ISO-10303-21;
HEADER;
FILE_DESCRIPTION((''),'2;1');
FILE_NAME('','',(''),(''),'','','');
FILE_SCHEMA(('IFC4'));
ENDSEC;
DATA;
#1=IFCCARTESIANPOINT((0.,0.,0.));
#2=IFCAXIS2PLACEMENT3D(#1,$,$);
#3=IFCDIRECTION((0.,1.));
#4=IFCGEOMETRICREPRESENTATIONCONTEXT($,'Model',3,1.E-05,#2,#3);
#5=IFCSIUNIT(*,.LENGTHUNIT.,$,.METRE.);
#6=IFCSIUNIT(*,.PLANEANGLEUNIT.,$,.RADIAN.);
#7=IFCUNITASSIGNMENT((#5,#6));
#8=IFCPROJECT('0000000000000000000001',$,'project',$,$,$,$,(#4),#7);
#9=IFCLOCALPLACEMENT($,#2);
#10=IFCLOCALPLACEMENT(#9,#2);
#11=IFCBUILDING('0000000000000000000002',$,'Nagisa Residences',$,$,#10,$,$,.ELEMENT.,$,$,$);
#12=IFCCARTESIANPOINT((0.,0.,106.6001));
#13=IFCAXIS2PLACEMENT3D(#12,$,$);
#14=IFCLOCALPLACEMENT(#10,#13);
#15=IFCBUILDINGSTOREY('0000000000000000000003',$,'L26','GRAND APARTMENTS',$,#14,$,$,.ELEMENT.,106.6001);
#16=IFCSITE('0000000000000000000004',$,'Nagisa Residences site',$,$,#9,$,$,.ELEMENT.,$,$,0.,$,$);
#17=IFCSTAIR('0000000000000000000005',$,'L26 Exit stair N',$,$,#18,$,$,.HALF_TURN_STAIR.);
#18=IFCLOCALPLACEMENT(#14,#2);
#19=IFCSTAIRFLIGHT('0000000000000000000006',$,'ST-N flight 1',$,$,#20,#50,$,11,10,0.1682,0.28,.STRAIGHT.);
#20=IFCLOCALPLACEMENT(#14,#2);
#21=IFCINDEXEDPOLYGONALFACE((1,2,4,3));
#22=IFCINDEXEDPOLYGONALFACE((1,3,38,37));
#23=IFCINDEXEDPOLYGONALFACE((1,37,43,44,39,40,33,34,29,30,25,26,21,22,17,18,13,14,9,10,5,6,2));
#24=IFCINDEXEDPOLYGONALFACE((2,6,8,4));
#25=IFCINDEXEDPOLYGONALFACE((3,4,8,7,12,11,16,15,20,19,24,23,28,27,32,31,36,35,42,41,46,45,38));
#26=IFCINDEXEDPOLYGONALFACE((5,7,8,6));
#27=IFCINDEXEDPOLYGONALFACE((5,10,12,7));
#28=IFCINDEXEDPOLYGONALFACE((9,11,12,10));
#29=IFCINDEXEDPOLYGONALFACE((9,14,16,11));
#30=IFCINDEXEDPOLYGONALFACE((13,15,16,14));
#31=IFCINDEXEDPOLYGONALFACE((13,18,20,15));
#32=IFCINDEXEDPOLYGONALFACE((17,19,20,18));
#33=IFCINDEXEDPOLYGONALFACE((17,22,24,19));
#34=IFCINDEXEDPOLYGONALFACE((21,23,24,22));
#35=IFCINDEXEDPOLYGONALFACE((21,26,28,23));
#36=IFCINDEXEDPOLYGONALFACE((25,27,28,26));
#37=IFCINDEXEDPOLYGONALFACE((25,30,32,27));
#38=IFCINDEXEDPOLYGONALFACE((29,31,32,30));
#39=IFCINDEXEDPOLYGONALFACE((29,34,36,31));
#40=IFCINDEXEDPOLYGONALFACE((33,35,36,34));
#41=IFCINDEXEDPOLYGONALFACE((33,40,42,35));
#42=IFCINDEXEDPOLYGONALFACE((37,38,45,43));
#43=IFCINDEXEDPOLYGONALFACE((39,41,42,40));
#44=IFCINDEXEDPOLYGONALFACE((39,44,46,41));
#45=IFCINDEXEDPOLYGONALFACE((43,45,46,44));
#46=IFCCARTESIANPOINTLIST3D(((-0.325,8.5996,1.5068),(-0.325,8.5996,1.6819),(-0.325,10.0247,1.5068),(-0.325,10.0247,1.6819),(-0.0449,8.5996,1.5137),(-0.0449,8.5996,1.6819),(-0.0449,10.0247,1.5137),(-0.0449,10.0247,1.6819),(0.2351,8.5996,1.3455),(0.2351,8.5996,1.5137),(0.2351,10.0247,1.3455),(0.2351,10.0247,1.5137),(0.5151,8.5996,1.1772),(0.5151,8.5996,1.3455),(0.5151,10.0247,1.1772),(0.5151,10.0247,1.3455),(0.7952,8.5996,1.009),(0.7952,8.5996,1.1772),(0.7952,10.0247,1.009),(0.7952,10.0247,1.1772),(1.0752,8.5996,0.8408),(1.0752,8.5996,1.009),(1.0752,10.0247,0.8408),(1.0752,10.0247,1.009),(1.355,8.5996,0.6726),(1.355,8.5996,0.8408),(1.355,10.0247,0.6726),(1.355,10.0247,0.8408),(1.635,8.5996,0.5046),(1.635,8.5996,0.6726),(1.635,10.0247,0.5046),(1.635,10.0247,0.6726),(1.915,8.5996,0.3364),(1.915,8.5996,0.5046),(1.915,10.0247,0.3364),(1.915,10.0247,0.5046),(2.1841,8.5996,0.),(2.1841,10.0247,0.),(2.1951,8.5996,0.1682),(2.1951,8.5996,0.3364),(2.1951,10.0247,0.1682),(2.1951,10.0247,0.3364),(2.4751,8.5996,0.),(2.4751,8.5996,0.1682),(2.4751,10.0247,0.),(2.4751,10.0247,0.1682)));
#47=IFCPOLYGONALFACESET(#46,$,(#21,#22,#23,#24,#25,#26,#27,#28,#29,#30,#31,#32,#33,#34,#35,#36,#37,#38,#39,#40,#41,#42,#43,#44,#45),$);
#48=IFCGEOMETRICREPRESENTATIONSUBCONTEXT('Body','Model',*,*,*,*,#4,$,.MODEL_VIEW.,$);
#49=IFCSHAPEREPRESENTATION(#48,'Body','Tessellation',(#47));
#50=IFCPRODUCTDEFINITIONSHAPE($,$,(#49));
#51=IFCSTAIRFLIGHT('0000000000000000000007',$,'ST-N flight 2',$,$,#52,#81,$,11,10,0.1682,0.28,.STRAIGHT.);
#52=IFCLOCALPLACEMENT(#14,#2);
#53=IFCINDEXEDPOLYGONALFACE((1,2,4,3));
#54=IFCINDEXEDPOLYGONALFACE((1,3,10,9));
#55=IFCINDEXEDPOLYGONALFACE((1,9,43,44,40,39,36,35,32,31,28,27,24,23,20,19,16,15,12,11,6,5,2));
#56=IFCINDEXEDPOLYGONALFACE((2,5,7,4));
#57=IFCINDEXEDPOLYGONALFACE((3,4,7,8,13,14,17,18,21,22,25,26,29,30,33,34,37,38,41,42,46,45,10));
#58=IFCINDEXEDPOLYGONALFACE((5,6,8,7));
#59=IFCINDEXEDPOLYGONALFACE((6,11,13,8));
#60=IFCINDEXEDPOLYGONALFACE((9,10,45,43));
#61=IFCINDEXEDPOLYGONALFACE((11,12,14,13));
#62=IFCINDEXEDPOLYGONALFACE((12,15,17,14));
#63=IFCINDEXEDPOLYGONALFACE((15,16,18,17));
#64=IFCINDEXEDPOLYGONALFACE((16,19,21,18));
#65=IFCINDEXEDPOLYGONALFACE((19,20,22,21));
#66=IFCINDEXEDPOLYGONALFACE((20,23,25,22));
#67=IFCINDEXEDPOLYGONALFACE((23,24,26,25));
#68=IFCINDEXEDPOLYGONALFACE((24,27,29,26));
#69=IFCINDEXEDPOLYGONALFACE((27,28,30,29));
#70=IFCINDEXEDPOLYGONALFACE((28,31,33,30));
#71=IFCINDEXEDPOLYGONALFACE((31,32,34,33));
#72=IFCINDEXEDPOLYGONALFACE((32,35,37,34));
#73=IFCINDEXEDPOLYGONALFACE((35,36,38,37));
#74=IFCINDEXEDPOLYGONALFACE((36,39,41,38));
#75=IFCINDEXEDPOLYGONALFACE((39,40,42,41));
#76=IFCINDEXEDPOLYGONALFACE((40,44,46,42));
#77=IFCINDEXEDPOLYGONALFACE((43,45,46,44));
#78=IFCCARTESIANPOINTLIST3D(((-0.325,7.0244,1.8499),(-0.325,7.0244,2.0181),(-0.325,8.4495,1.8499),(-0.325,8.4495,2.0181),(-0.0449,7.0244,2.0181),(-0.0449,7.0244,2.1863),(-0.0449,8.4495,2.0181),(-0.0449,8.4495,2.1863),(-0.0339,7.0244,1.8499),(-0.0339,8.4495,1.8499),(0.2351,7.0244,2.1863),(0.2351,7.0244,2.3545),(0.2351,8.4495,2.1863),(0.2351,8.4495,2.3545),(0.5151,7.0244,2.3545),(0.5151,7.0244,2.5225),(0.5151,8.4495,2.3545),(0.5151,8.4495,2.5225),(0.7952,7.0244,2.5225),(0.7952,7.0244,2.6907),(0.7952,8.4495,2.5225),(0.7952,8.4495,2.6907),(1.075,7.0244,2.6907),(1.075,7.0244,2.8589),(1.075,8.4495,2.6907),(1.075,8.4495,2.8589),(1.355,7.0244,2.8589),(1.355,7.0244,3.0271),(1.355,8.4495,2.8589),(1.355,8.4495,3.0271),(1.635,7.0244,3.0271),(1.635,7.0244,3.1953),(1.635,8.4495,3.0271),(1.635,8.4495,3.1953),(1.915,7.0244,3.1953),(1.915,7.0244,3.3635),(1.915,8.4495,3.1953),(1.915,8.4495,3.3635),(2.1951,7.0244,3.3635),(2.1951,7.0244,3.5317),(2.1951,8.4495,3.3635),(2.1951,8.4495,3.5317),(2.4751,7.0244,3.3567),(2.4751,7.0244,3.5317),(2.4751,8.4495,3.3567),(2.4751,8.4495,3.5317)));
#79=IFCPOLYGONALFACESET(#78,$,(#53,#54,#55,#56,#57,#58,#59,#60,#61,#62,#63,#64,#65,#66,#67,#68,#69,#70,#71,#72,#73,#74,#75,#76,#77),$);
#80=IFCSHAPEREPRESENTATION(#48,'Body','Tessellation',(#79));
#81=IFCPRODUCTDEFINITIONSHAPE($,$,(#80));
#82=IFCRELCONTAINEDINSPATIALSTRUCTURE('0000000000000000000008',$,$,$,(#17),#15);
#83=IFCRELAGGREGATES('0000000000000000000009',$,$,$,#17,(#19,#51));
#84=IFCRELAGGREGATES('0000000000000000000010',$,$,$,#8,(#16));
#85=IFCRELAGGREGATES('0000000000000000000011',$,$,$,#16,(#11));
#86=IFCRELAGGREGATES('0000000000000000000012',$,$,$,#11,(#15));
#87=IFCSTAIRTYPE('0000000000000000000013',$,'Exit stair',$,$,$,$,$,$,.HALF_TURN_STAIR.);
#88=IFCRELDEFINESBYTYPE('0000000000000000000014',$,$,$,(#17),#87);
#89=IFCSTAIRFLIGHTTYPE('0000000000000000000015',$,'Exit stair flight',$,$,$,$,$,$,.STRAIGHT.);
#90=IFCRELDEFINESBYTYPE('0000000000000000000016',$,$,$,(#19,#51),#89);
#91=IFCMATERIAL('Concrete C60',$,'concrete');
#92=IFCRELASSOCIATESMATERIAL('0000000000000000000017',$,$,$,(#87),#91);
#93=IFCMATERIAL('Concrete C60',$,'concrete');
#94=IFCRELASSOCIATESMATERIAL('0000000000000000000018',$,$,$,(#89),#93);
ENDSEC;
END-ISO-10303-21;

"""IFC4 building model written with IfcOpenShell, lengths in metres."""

from ifc_helpers import new_model, si_unit, direction, frame, origin, place, context, subcontext, project, spatial, polyline, outline, extrude, material, type_object, element, aggregate, save


model = new_model("IFC4")

# Units and contexts
model_context = context("Model", 3, precision=1e-05, world=origin(), true_north=direction((0.0, 1.0)))
body_context = subcontext(model_context, "Body", "Model", "MODEL_VIEW")
ifc_project = project(units=[si_unit("LENGTHUNIT", "METRE"), si_unit("PLANEANGLEUNIT", "RADIAN")], contexts=[model_context])

# Site, building, storey
site_placement = place(None, origin())
site = spatial("IfcSite", under=ifc_project, at=site_placement, Name="Nagisa Residences site", CompositionType="ELEMENT", RefElevation=0.0)
building_placement = place(site_placement, origin())
building = spatial("IfcBuilding", under=site, at=building_placement, Name="Nagisa Residences", CompositionType="ELEMENT")
storey_placement = place(building_placement, frame((0.0, 0.0, 106.6001)))
storey = spatial("IfcBuildingStorey", under=building, at=storey_placement, Name="L26", Description="GRAND APARTMENTS", CompositionType="ELEMENT", Elevation=106.6001)

# Stair
ifc_material_1 = material(Name="Concrete C60", Category="concrete")
stair_type = type_object("IfcStairType", Name="Exit stair", PredefinedType="HALF_TURN_STAIR", material=ifc_material_1)
stair_1_placement = place(storey_placement, origin())
stair_1 = element("IfcStair", 1, at=stair_1_placement, inside=storey, type_object=stair_type, Name="L26 Exit stair N", PredefinedType="HALF_TURN_STAIR")

# Stair flights
ifc_material_2 = material(Name="Concrete C60", Category="concrete")
stair_flight_type = type_object("IfcStairFlightType", Name="Exit stair flight", PredefinedType="STRAIGHT", material=ifc_material_2)
stair_flight_1_placement = place(storey_placement, frame((2.4751, 9.312, 0.0), z_axis=(0.0, 0.0, 1.0), x_axis=(-1.0, 0.0, 0.0)))
stair_flight_1 = element("IfcStairFlight", 2, at=stair_flight_1_placement, type_object=stair_flight_type, Name="ST-N flight 1", NumberOfRisers=11, NumberOfTreads=10, PredefinedType="STRAIGHT", RiserHeight=0.1682, TreadLength=0.28, context=body_context, shape_type="SweptSolid", body=[
    extrude(outline(polyline([(0.0, 0.0), (0.0, 0.1682), (0.28, 0.1682), (0.28, 0.3364), (0.5601, 0.3364), (0.5601, 0.5046), (0.8401, 0.5046), (0.8401, 0.6726), (1.1201, 0.6726), (1.1201, 0.8408), (1.3999, 0.8408), (1.3999, 1.009), (1.6799, 1.009), (1.6799, 1.1772), (1.96, 1.1772), (1.96, 1.3455), (2.24, 1.3455), (2.24, 1.5137), (2.52, 1.5137), (2.52, 1.6819), (2.8, 1.6819), (2.8, 1.8501), (2.8, 1.5068), (0.291, 0.0), (0.0, 0.0)])), frame((0.0, 0.7124, 0.0), z_axis=(0.0, -1.0, 0.0), x_axis=(1.0, 0.0, 0.0)), (0.0, 0.0, 1.0), 1.425),
])
stair_flight_2_placement = place(storey_placement, frame((-0.325, 7.7371, 1.8499), z_axis=(0.0, 0.0, 1.0), x_axis=(1.0, 0.0, 0.0)))
stair_flight_2 = element("IfcStairFlight", 3, at=stair_flight_2_placement, type_object=stair_flight_type, Name="ST-N flight 2", NumberOfRisers=11, NumberOfTreads=10, PredefinedType="STRAIGHT", RiserHeight=0.1682, TreadLength=0.28, context=body_context, shape_type="SweptSolid", body=[
    extrude(outline(polyline([(0.0, 0.0), (0.0, 0.1682), (0.28, 0.1682), (0.28, 0.3364), (0.5601, 0.3364), (0.5601, 0.5046), (0.8401, 0.5046), (0.8401, 0.6726), (1.1201, 0.6726), (1.1201, 0.8408), (1.3999, 0.8408), (1.3999, 1.009), (1.6799, 1.009), (1.6799, 1.1772), (1.96, 1.1772), (1.96, 1.3455), (2.24, 1.3455), (2.24, 1.5137), (2.52, 1.5137), (2.52, 1.6819), (2.8, 1.6819), (2.8, 1.8501), (2.8, 1.5068), (0.291, 0.0), (0.0, 0.0)])), frame((0.0, 0.7124, 0.0), z_axis=(0.0, -1.0, 0.0), x_axis=(1.0, 0.0, 0.0)), (0.0, 0.0, 1.0), 1.425),
])
aggregate(stair_1, [stair_flight_1, stair_flight_2])

save(model, "model.ifc")
